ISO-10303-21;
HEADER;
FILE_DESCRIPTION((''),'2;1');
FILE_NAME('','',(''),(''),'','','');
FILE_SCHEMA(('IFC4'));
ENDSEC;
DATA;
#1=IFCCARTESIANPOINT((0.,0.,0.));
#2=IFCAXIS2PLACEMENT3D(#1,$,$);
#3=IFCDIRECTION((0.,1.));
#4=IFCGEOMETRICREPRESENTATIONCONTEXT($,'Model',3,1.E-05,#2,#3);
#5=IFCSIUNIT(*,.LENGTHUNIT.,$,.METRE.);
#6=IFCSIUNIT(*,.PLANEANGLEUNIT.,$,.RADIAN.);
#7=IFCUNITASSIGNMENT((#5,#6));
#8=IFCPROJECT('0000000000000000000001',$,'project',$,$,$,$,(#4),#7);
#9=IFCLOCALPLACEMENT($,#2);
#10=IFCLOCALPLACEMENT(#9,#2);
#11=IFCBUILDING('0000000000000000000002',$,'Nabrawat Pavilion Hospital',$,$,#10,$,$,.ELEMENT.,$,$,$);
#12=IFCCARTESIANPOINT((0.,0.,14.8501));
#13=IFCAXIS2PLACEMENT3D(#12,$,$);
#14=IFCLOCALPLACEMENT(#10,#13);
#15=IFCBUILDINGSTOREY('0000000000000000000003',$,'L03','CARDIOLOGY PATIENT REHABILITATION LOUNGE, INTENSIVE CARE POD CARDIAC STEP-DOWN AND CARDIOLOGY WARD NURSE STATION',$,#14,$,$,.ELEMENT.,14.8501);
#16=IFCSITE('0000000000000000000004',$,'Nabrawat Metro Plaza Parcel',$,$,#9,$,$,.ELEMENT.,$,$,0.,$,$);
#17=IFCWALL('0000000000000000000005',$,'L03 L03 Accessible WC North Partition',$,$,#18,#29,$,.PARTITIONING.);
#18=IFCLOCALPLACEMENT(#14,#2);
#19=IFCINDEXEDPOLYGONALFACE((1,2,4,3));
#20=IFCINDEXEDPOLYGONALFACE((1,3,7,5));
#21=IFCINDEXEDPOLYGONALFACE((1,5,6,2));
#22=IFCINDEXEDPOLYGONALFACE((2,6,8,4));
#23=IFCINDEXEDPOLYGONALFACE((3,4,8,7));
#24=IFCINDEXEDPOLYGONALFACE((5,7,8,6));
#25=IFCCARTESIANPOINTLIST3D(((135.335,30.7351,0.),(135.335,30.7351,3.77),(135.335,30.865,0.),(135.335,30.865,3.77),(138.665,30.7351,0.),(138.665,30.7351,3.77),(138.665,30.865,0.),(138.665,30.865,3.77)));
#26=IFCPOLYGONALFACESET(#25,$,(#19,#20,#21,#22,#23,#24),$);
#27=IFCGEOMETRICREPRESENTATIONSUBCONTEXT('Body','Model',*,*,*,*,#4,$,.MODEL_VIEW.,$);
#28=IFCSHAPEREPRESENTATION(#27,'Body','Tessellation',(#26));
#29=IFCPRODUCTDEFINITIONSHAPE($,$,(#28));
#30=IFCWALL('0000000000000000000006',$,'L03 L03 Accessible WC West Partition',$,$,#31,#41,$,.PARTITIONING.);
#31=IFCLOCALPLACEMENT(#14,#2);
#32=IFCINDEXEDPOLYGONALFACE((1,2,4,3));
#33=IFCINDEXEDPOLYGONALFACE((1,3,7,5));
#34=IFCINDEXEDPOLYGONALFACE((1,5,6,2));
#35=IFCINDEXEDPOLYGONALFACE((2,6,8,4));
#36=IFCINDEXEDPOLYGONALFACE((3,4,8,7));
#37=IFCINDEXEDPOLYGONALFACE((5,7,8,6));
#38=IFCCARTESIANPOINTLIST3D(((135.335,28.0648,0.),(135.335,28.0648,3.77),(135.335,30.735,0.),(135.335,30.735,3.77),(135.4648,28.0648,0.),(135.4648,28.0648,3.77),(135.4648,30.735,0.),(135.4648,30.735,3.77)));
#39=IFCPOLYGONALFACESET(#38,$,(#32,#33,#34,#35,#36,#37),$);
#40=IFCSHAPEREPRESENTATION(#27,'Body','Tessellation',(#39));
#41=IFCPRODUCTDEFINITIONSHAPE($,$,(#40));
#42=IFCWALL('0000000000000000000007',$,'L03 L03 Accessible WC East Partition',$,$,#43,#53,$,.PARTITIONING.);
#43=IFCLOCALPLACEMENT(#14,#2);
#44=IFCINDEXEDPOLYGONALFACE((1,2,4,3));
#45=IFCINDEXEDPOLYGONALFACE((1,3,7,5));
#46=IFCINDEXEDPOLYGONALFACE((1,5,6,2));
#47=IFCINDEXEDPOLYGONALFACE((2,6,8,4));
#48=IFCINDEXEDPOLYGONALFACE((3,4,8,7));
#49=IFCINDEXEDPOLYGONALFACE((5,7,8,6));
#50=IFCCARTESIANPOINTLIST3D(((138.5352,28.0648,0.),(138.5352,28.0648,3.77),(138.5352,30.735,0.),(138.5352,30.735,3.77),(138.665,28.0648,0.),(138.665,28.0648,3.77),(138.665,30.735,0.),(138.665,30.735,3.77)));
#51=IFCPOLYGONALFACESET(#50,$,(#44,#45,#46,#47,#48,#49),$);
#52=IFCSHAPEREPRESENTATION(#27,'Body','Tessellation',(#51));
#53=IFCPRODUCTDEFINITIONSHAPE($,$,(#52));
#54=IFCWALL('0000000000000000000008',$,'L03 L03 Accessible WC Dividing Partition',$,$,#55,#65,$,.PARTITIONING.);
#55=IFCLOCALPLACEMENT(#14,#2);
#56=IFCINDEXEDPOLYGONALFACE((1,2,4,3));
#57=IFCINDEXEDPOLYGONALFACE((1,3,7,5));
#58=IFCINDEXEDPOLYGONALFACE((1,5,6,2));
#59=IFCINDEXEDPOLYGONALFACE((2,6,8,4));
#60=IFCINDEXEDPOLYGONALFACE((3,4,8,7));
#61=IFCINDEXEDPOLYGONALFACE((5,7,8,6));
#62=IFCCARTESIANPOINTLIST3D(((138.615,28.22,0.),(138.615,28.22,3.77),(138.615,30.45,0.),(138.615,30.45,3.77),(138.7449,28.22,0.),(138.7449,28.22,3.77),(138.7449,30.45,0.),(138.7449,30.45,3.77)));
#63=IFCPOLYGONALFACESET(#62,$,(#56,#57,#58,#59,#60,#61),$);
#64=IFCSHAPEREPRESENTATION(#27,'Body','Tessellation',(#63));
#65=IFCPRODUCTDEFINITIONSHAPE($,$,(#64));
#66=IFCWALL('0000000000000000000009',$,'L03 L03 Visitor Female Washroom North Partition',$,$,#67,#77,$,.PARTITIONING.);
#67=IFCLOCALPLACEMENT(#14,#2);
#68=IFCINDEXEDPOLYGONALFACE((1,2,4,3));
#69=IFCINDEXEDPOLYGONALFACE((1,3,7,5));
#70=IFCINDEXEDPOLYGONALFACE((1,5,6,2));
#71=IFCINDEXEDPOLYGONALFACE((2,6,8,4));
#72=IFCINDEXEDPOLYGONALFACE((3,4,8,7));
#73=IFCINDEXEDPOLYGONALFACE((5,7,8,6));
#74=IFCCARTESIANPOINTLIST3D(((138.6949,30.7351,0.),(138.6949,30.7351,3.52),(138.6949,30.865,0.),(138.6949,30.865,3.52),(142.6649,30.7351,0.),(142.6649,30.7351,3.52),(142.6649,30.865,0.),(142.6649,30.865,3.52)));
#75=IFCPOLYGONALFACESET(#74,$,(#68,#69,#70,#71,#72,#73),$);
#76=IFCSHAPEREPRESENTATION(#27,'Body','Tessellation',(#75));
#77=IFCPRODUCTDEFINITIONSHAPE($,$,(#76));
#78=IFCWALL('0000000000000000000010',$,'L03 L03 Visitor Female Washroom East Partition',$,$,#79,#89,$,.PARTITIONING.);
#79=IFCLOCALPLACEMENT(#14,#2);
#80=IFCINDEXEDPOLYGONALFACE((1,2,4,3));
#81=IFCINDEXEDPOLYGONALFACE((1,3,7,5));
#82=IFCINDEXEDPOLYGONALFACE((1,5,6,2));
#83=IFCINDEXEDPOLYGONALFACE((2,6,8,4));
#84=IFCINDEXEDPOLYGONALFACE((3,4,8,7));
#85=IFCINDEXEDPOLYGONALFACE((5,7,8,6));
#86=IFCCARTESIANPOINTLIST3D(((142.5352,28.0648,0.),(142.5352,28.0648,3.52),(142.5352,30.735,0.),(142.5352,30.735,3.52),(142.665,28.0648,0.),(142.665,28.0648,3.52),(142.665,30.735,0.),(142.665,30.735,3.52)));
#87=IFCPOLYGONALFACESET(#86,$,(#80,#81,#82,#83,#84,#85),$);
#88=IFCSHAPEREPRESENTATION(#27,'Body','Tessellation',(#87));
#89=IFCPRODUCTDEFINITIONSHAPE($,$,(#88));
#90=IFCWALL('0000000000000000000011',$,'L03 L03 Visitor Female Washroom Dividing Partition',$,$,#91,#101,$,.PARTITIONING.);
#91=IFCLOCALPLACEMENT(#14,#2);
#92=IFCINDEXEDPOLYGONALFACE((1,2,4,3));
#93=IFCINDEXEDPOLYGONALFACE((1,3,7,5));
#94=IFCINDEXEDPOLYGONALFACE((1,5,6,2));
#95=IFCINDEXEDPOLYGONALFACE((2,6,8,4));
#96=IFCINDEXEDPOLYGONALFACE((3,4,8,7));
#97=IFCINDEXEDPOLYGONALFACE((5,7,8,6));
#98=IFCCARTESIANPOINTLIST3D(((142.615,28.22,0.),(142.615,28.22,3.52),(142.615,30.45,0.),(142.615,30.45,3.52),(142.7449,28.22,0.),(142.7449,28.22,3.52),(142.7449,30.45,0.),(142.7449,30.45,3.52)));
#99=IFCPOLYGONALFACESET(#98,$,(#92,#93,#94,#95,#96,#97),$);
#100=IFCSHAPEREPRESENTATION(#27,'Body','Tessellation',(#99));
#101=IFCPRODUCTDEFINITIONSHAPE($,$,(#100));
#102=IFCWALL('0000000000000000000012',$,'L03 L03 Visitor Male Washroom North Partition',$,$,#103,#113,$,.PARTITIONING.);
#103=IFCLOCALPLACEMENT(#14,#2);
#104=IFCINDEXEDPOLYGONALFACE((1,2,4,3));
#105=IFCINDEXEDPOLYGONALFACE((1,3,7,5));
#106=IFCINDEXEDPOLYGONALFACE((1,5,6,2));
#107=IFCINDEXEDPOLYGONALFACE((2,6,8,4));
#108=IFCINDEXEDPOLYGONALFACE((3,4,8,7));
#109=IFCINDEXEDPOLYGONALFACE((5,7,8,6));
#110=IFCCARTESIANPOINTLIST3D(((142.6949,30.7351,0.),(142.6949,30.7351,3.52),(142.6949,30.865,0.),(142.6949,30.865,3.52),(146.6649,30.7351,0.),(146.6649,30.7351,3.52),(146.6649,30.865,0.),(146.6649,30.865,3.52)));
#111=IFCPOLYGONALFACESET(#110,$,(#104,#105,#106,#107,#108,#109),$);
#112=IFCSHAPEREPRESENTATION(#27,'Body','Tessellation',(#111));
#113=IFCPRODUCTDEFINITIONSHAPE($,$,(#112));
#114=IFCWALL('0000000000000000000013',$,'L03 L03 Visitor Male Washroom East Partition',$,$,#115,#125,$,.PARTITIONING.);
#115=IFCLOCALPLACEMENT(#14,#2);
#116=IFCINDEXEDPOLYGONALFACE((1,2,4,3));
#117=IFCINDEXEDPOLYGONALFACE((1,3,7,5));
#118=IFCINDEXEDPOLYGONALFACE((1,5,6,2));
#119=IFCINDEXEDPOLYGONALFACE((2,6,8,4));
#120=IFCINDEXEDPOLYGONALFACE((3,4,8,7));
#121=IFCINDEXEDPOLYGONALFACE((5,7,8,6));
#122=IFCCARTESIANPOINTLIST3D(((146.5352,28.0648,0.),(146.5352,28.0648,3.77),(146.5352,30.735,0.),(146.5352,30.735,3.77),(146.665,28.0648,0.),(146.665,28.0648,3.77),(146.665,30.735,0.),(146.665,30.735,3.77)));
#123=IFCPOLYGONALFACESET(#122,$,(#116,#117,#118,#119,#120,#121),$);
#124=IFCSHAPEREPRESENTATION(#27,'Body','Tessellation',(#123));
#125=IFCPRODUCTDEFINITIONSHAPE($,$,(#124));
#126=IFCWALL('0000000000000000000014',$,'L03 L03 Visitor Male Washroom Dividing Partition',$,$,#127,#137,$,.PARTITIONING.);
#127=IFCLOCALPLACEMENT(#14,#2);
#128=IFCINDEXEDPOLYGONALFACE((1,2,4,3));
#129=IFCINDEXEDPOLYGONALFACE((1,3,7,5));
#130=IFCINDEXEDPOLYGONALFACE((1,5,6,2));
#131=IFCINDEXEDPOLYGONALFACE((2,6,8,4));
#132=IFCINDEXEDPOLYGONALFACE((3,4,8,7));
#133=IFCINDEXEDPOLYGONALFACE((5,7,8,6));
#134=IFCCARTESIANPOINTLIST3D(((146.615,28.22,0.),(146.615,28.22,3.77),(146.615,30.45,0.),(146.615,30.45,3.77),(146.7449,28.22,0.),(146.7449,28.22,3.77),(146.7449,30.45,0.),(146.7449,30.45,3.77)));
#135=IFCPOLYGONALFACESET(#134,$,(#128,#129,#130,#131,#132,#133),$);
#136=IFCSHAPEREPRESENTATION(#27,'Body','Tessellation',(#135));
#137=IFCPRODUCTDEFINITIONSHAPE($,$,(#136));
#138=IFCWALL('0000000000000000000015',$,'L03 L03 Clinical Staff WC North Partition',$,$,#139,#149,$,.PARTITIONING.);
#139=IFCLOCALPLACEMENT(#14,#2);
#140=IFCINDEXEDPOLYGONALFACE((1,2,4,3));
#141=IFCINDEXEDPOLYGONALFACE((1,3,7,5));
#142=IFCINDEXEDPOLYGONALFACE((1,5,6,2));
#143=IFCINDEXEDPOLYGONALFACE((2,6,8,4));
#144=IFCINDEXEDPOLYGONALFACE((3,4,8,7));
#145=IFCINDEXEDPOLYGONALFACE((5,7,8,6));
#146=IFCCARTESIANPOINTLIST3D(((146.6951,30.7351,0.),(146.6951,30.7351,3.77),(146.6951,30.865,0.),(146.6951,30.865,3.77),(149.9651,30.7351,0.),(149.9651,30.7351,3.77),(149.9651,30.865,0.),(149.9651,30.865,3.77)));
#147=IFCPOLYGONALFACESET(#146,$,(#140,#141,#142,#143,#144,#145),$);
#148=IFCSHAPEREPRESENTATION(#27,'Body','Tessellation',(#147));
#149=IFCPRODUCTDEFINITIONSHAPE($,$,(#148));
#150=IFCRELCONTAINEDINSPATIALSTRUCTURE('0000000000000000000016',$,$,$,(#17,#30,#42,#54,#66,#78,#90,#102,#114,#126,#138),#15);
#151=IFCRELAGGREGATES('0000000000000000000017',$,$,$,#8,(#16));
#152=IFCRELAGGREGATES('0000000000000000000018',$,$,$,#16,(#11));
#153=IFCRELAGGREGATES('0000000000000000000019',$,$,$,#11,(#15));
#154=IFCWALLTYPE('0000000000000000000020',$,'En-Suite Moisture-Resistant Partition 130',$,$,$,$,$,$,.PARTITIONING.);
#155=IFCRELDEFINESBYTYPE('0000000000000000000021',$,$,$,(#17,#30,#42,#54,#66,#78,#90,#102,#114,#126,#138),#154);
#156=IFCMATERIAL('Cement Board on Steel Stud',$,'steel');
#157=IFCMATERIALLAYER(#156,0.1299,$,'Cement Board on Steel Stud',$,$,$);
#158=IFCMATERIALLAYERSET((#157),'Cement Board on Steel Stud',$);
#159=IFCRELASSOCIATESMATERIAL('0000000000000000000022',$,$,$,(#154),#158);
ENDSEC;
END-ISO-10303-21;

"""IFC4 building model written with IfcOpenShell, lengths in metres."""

from ifc_helpers import new_model, si_unit, direction, frame, frame_2d, origin, place, context, subcontext, project, spatial, rectangle, extrude, material, layer, layer_set, type_object, element, save


model = new_model("IFC4")

# Units and contexts
model_context = context("Model", 3, precision=1e-05, world=origin(), true_north=direction((0.0, 1.0)))
body_context = subcontext(model_context, "Body", "Model", "MODEL_VIEW")
ifc_project = project(units=[si_unit("LENGTHUNIT", "METRE"), si_unit("PLANEANGLEUNIT", "RADIAN")], contexts=[model_context])

# Site, building, storey
site_placement = place(None, origin())
site = spatial("IfcSite", under=ifc_project, at=site_placement, Name="Nabrawat Metro Plaza Parcel", CompositionType="ELEMENT", RefElevation=0.0)
building_placement = place(site_placement, origin())
building = spatial("IfcBuilding", under=site, at=building_placement, Name="Nabrawat Pavilion Hospital", CompositionType="ELEMENT")
storey_placement = place(building_placement, frame((0.0, 0.0, 14.8501)))
storey = spatial("IfcBuildingStorey", under=building, at=storey_placement, Name="L03", Description="CARDIOLOGY PATIENT REHABILITATION LOUNGE, INTENSIVE CARE POD CARDIAC STEP-DOWN AND CARDIOLOGY WARD NURSE STATION", CompositionType="ELEMENT", Elevation=14.8501)

# Walls
ifc_material_1 = material(Name="Cement Board on Steel Stud", Category="steel")
ifc_layer_1 = layer(ifc_material_1, 0.1299, Name="Cement Board on Steel Stud")
ifc_layer_set_1 = layer_set([ifc_layer_1], Name="Cement Board on Steel Stud")
wall_type_1 = type_object("IfcWallType", Name="En-Suite Moisture-Resistant Partition 130", PredefinedType="PARTITIONING", material=ifc_layer_set_1)
wall_1_placement = place(storey_placement, frame((135.335, 30.8, 0.0), z_axis=(0.0, 0.0, 1.0), x_axis=(1.0, 0.0, 0.0)))
element("IfcWall", 1, at=wall_1_placement, inside=storey, type_object=wall_type_1, Name="L03 L03 Accessible WC North Partition", PredefinedType="PARTITIONING", context=body_context, shape_type="SweptSolid", body=[
    extrude(rectangle(XDim=3.3301, YDim=0.1299, at=frame_2d((1.665, 0.0))), origin(), (0.0, 0.0, 1.0), 3.77),
])
for number, where, z_axis, x_axis, name in (
    (2, (135.3999, 28.0649, 0.0), (0.0, 0.0, 1.0), (0.0, 1.0, 0.0), "L03 L03 Accessible WC West Partition"),
    (3, (138.6001, 28.0649, 0.0), (0.0, 0.0, 1.0), (0.0, 1.0, 0.0), "L03 L03 Accessible WC East Partition"),
):
    element("IfcWall", number, at=place(storey_placement, frame(where, z_axis=z_axis, x_axis=x_axis)), inside=storey, type_object=wall_type_1, Name=name, PredefinedType="PARTITIONING", context=body_context, shape_type="SweptSolid", body=[
        extrude(rectangle(XDim=2.6702, YDim=0.1299, at=frame_2d((1.335, 0.0))), origin(), (0.0, 0.0, 1.0), 3.77),
    ])
wall_2_placement = place(storey_placement, frame((138.6799, 28.22, 0.0), z_axis=(0.0, 0.0, 1.0), x_axis=(0.0, 1.0, 0.0)))
element("IfcWall", 4, at=wall_2_placement, inside=storey, type_object=wall_type_1, Name="L03 L03 Accessible WC Dividing Partition", PredefinedType="PARTITIONING", context=body_context, shape_type="SweptSolid", body=[
    extrude(rectangle(XDim=2.23, YDim=0.1299, at=frame_2d((1.115, 0.0))), origin(), (0.0, 0.0, 1.0), 3.77),
])
wall_3_placement = place(storey_placement, frame((138.6951, 30.8, 0.0), z_axis=(0.0, 0.0, 1.0), x_axis=(1.0, 0.0, 0.0)))
element("IfcWall", 5, at=wall_3_placement, inside=storey, type_object=wall_type_1, Name="L03 L03 Visitor Female Washroom North Partition", PredefinedType="PARTITIONING", context=body_context, shape_type="SweptSolid", body=[
    extrude(rectangle(XDim=3.97, YDim=0.1299, at=frame_2d((1.9849, 0.0))), origin(), (0.0, 0.0, 1.0), 3.52),
])
wall_4_placement = place(storey_placement, frame((142.6001, 28.0649, 0.0), z_axis=(0.0, 0.0, 1.0), x_axis=(0.0, 1.0, 0.0)))
element("IfcWall", 6, at=wall_4_placement, inside=storey, type_object=wall_type_1, Name="L03 L03 Visitor Female Washroom East Partition", PredefinedType="PARTITIONING", context=body_context, shape_type="SweptSolid", body=[
    extrude(rectangle(XDim=2.6702, YDim=0.1299, at=frame_2d((1.335, 0.0))), origin(), (0.0, 0.0, 1.0), 3.52),
])
wall_5_placement = place(storey_placement, frame((142.6799, 28.22, 0.0), z_axis=(0.0, 0.0, 1.0), x_axis=(0.0, 1.0, 0.0)))
element("IfcWall", 7, at=wall_5_placement, inside=storey, type_object=wall_type_1, Name="L03 L03 Visitor Female Washroom Dividing Partition", PredefinedType="PARTITIONING", context=body_context, shape_type="SweptSolid", body=[
    extrude(rectangle(XDim=2.23, YDim=0.1299, at=frame_2d((1.115, 0.0))), origin(), (0.0, 0.0, 1.0), 3.52),
])
wall_6_placement = place(storey_placement, frame((142.6951, 30.8, 0.0), z_axis=(0.0, 0.0, 1.0), x_axis=(1.0, 0.0, 0.0)))
element("IfcWall", 8, at=wall_6_placement, inside=storey, type_object=wall_type_1, Name="L03 L03 Visitor Male Washroom North Partition", PredefinedType="PARTITIONING", context=body_context, shape_type="SweptSolid", body=[
    extrude(rectangle(XDim=3.97, YDim=0.1299, at=frame_2d((1.9849, 0.0))), origin(), (0.0, 0.0, 1.0), 3.52),
])
wall_7_placement = place(storey_placement, frame((146.6001, 28.0649, 0.0), z_axis=(0.0, 0.0, 1.0), x_axis=(0.0, 1.0, 0.0)))
element("IfcWall", 9, at=wall_7_placement, inside=storey, type_object=wall_type_1, Name="L03 L03 Visitor Male Washroom East Partition", PredefinedType="PARTITIONING", context=body_context, shape_type="SweptSolid", body=[
    extrude(rectangle(XDim=2.6702, YDim=0.1299, at=frame_2d((1.335, 0.0))), origin(), (0.0, 0.0, 1.0), 3.77),
])
wall_8_placement = place(storey_placement, frame((146.6799, 28.22, 0.0), z_axis=(0.0, 0.0, 1.0), x_axis=(0.0, 1.0, 0.0)))
element("IfcWall", 10, at=wall_8_placement, inside=storey, type_object=wall_type_1, Name="L03 L03 Visitor Male Washroom Dividing Partition", PredefinedType="PARTITIONING", context=body_context, shape_type="SweptSolid", body=[
    extrude(rectangle(XDim=2.23, YDim=0.1299, at=frame_2d((1.115, 0.0))), origin(), (0.0, 0.0, 1.0), 3.77),
])
wall_9_placement = place(storey_placement, frame((146.6951, 30.8, 0.0), z_axis=(0.0, 0.0, 1.0), x_axis=(1.0, 0.0, 0.0)))
element("IfcWall", 11, at=wall_9_placement, inside=storey, type_object=wall_type_1, Name="L03 L03 Clinical Staff WC North Partition", PredefinedType="PARTITIONING", context=body_context, shape_type="SweptSolid", body=[
    extrude(rectangle(XDim=3.27, YDim=0.1299, at=frame_2d((1.635, 0.0))), origin(), (0.0, 0.0, 1.0), 3.77),
])

save(model, "model.ifc")
